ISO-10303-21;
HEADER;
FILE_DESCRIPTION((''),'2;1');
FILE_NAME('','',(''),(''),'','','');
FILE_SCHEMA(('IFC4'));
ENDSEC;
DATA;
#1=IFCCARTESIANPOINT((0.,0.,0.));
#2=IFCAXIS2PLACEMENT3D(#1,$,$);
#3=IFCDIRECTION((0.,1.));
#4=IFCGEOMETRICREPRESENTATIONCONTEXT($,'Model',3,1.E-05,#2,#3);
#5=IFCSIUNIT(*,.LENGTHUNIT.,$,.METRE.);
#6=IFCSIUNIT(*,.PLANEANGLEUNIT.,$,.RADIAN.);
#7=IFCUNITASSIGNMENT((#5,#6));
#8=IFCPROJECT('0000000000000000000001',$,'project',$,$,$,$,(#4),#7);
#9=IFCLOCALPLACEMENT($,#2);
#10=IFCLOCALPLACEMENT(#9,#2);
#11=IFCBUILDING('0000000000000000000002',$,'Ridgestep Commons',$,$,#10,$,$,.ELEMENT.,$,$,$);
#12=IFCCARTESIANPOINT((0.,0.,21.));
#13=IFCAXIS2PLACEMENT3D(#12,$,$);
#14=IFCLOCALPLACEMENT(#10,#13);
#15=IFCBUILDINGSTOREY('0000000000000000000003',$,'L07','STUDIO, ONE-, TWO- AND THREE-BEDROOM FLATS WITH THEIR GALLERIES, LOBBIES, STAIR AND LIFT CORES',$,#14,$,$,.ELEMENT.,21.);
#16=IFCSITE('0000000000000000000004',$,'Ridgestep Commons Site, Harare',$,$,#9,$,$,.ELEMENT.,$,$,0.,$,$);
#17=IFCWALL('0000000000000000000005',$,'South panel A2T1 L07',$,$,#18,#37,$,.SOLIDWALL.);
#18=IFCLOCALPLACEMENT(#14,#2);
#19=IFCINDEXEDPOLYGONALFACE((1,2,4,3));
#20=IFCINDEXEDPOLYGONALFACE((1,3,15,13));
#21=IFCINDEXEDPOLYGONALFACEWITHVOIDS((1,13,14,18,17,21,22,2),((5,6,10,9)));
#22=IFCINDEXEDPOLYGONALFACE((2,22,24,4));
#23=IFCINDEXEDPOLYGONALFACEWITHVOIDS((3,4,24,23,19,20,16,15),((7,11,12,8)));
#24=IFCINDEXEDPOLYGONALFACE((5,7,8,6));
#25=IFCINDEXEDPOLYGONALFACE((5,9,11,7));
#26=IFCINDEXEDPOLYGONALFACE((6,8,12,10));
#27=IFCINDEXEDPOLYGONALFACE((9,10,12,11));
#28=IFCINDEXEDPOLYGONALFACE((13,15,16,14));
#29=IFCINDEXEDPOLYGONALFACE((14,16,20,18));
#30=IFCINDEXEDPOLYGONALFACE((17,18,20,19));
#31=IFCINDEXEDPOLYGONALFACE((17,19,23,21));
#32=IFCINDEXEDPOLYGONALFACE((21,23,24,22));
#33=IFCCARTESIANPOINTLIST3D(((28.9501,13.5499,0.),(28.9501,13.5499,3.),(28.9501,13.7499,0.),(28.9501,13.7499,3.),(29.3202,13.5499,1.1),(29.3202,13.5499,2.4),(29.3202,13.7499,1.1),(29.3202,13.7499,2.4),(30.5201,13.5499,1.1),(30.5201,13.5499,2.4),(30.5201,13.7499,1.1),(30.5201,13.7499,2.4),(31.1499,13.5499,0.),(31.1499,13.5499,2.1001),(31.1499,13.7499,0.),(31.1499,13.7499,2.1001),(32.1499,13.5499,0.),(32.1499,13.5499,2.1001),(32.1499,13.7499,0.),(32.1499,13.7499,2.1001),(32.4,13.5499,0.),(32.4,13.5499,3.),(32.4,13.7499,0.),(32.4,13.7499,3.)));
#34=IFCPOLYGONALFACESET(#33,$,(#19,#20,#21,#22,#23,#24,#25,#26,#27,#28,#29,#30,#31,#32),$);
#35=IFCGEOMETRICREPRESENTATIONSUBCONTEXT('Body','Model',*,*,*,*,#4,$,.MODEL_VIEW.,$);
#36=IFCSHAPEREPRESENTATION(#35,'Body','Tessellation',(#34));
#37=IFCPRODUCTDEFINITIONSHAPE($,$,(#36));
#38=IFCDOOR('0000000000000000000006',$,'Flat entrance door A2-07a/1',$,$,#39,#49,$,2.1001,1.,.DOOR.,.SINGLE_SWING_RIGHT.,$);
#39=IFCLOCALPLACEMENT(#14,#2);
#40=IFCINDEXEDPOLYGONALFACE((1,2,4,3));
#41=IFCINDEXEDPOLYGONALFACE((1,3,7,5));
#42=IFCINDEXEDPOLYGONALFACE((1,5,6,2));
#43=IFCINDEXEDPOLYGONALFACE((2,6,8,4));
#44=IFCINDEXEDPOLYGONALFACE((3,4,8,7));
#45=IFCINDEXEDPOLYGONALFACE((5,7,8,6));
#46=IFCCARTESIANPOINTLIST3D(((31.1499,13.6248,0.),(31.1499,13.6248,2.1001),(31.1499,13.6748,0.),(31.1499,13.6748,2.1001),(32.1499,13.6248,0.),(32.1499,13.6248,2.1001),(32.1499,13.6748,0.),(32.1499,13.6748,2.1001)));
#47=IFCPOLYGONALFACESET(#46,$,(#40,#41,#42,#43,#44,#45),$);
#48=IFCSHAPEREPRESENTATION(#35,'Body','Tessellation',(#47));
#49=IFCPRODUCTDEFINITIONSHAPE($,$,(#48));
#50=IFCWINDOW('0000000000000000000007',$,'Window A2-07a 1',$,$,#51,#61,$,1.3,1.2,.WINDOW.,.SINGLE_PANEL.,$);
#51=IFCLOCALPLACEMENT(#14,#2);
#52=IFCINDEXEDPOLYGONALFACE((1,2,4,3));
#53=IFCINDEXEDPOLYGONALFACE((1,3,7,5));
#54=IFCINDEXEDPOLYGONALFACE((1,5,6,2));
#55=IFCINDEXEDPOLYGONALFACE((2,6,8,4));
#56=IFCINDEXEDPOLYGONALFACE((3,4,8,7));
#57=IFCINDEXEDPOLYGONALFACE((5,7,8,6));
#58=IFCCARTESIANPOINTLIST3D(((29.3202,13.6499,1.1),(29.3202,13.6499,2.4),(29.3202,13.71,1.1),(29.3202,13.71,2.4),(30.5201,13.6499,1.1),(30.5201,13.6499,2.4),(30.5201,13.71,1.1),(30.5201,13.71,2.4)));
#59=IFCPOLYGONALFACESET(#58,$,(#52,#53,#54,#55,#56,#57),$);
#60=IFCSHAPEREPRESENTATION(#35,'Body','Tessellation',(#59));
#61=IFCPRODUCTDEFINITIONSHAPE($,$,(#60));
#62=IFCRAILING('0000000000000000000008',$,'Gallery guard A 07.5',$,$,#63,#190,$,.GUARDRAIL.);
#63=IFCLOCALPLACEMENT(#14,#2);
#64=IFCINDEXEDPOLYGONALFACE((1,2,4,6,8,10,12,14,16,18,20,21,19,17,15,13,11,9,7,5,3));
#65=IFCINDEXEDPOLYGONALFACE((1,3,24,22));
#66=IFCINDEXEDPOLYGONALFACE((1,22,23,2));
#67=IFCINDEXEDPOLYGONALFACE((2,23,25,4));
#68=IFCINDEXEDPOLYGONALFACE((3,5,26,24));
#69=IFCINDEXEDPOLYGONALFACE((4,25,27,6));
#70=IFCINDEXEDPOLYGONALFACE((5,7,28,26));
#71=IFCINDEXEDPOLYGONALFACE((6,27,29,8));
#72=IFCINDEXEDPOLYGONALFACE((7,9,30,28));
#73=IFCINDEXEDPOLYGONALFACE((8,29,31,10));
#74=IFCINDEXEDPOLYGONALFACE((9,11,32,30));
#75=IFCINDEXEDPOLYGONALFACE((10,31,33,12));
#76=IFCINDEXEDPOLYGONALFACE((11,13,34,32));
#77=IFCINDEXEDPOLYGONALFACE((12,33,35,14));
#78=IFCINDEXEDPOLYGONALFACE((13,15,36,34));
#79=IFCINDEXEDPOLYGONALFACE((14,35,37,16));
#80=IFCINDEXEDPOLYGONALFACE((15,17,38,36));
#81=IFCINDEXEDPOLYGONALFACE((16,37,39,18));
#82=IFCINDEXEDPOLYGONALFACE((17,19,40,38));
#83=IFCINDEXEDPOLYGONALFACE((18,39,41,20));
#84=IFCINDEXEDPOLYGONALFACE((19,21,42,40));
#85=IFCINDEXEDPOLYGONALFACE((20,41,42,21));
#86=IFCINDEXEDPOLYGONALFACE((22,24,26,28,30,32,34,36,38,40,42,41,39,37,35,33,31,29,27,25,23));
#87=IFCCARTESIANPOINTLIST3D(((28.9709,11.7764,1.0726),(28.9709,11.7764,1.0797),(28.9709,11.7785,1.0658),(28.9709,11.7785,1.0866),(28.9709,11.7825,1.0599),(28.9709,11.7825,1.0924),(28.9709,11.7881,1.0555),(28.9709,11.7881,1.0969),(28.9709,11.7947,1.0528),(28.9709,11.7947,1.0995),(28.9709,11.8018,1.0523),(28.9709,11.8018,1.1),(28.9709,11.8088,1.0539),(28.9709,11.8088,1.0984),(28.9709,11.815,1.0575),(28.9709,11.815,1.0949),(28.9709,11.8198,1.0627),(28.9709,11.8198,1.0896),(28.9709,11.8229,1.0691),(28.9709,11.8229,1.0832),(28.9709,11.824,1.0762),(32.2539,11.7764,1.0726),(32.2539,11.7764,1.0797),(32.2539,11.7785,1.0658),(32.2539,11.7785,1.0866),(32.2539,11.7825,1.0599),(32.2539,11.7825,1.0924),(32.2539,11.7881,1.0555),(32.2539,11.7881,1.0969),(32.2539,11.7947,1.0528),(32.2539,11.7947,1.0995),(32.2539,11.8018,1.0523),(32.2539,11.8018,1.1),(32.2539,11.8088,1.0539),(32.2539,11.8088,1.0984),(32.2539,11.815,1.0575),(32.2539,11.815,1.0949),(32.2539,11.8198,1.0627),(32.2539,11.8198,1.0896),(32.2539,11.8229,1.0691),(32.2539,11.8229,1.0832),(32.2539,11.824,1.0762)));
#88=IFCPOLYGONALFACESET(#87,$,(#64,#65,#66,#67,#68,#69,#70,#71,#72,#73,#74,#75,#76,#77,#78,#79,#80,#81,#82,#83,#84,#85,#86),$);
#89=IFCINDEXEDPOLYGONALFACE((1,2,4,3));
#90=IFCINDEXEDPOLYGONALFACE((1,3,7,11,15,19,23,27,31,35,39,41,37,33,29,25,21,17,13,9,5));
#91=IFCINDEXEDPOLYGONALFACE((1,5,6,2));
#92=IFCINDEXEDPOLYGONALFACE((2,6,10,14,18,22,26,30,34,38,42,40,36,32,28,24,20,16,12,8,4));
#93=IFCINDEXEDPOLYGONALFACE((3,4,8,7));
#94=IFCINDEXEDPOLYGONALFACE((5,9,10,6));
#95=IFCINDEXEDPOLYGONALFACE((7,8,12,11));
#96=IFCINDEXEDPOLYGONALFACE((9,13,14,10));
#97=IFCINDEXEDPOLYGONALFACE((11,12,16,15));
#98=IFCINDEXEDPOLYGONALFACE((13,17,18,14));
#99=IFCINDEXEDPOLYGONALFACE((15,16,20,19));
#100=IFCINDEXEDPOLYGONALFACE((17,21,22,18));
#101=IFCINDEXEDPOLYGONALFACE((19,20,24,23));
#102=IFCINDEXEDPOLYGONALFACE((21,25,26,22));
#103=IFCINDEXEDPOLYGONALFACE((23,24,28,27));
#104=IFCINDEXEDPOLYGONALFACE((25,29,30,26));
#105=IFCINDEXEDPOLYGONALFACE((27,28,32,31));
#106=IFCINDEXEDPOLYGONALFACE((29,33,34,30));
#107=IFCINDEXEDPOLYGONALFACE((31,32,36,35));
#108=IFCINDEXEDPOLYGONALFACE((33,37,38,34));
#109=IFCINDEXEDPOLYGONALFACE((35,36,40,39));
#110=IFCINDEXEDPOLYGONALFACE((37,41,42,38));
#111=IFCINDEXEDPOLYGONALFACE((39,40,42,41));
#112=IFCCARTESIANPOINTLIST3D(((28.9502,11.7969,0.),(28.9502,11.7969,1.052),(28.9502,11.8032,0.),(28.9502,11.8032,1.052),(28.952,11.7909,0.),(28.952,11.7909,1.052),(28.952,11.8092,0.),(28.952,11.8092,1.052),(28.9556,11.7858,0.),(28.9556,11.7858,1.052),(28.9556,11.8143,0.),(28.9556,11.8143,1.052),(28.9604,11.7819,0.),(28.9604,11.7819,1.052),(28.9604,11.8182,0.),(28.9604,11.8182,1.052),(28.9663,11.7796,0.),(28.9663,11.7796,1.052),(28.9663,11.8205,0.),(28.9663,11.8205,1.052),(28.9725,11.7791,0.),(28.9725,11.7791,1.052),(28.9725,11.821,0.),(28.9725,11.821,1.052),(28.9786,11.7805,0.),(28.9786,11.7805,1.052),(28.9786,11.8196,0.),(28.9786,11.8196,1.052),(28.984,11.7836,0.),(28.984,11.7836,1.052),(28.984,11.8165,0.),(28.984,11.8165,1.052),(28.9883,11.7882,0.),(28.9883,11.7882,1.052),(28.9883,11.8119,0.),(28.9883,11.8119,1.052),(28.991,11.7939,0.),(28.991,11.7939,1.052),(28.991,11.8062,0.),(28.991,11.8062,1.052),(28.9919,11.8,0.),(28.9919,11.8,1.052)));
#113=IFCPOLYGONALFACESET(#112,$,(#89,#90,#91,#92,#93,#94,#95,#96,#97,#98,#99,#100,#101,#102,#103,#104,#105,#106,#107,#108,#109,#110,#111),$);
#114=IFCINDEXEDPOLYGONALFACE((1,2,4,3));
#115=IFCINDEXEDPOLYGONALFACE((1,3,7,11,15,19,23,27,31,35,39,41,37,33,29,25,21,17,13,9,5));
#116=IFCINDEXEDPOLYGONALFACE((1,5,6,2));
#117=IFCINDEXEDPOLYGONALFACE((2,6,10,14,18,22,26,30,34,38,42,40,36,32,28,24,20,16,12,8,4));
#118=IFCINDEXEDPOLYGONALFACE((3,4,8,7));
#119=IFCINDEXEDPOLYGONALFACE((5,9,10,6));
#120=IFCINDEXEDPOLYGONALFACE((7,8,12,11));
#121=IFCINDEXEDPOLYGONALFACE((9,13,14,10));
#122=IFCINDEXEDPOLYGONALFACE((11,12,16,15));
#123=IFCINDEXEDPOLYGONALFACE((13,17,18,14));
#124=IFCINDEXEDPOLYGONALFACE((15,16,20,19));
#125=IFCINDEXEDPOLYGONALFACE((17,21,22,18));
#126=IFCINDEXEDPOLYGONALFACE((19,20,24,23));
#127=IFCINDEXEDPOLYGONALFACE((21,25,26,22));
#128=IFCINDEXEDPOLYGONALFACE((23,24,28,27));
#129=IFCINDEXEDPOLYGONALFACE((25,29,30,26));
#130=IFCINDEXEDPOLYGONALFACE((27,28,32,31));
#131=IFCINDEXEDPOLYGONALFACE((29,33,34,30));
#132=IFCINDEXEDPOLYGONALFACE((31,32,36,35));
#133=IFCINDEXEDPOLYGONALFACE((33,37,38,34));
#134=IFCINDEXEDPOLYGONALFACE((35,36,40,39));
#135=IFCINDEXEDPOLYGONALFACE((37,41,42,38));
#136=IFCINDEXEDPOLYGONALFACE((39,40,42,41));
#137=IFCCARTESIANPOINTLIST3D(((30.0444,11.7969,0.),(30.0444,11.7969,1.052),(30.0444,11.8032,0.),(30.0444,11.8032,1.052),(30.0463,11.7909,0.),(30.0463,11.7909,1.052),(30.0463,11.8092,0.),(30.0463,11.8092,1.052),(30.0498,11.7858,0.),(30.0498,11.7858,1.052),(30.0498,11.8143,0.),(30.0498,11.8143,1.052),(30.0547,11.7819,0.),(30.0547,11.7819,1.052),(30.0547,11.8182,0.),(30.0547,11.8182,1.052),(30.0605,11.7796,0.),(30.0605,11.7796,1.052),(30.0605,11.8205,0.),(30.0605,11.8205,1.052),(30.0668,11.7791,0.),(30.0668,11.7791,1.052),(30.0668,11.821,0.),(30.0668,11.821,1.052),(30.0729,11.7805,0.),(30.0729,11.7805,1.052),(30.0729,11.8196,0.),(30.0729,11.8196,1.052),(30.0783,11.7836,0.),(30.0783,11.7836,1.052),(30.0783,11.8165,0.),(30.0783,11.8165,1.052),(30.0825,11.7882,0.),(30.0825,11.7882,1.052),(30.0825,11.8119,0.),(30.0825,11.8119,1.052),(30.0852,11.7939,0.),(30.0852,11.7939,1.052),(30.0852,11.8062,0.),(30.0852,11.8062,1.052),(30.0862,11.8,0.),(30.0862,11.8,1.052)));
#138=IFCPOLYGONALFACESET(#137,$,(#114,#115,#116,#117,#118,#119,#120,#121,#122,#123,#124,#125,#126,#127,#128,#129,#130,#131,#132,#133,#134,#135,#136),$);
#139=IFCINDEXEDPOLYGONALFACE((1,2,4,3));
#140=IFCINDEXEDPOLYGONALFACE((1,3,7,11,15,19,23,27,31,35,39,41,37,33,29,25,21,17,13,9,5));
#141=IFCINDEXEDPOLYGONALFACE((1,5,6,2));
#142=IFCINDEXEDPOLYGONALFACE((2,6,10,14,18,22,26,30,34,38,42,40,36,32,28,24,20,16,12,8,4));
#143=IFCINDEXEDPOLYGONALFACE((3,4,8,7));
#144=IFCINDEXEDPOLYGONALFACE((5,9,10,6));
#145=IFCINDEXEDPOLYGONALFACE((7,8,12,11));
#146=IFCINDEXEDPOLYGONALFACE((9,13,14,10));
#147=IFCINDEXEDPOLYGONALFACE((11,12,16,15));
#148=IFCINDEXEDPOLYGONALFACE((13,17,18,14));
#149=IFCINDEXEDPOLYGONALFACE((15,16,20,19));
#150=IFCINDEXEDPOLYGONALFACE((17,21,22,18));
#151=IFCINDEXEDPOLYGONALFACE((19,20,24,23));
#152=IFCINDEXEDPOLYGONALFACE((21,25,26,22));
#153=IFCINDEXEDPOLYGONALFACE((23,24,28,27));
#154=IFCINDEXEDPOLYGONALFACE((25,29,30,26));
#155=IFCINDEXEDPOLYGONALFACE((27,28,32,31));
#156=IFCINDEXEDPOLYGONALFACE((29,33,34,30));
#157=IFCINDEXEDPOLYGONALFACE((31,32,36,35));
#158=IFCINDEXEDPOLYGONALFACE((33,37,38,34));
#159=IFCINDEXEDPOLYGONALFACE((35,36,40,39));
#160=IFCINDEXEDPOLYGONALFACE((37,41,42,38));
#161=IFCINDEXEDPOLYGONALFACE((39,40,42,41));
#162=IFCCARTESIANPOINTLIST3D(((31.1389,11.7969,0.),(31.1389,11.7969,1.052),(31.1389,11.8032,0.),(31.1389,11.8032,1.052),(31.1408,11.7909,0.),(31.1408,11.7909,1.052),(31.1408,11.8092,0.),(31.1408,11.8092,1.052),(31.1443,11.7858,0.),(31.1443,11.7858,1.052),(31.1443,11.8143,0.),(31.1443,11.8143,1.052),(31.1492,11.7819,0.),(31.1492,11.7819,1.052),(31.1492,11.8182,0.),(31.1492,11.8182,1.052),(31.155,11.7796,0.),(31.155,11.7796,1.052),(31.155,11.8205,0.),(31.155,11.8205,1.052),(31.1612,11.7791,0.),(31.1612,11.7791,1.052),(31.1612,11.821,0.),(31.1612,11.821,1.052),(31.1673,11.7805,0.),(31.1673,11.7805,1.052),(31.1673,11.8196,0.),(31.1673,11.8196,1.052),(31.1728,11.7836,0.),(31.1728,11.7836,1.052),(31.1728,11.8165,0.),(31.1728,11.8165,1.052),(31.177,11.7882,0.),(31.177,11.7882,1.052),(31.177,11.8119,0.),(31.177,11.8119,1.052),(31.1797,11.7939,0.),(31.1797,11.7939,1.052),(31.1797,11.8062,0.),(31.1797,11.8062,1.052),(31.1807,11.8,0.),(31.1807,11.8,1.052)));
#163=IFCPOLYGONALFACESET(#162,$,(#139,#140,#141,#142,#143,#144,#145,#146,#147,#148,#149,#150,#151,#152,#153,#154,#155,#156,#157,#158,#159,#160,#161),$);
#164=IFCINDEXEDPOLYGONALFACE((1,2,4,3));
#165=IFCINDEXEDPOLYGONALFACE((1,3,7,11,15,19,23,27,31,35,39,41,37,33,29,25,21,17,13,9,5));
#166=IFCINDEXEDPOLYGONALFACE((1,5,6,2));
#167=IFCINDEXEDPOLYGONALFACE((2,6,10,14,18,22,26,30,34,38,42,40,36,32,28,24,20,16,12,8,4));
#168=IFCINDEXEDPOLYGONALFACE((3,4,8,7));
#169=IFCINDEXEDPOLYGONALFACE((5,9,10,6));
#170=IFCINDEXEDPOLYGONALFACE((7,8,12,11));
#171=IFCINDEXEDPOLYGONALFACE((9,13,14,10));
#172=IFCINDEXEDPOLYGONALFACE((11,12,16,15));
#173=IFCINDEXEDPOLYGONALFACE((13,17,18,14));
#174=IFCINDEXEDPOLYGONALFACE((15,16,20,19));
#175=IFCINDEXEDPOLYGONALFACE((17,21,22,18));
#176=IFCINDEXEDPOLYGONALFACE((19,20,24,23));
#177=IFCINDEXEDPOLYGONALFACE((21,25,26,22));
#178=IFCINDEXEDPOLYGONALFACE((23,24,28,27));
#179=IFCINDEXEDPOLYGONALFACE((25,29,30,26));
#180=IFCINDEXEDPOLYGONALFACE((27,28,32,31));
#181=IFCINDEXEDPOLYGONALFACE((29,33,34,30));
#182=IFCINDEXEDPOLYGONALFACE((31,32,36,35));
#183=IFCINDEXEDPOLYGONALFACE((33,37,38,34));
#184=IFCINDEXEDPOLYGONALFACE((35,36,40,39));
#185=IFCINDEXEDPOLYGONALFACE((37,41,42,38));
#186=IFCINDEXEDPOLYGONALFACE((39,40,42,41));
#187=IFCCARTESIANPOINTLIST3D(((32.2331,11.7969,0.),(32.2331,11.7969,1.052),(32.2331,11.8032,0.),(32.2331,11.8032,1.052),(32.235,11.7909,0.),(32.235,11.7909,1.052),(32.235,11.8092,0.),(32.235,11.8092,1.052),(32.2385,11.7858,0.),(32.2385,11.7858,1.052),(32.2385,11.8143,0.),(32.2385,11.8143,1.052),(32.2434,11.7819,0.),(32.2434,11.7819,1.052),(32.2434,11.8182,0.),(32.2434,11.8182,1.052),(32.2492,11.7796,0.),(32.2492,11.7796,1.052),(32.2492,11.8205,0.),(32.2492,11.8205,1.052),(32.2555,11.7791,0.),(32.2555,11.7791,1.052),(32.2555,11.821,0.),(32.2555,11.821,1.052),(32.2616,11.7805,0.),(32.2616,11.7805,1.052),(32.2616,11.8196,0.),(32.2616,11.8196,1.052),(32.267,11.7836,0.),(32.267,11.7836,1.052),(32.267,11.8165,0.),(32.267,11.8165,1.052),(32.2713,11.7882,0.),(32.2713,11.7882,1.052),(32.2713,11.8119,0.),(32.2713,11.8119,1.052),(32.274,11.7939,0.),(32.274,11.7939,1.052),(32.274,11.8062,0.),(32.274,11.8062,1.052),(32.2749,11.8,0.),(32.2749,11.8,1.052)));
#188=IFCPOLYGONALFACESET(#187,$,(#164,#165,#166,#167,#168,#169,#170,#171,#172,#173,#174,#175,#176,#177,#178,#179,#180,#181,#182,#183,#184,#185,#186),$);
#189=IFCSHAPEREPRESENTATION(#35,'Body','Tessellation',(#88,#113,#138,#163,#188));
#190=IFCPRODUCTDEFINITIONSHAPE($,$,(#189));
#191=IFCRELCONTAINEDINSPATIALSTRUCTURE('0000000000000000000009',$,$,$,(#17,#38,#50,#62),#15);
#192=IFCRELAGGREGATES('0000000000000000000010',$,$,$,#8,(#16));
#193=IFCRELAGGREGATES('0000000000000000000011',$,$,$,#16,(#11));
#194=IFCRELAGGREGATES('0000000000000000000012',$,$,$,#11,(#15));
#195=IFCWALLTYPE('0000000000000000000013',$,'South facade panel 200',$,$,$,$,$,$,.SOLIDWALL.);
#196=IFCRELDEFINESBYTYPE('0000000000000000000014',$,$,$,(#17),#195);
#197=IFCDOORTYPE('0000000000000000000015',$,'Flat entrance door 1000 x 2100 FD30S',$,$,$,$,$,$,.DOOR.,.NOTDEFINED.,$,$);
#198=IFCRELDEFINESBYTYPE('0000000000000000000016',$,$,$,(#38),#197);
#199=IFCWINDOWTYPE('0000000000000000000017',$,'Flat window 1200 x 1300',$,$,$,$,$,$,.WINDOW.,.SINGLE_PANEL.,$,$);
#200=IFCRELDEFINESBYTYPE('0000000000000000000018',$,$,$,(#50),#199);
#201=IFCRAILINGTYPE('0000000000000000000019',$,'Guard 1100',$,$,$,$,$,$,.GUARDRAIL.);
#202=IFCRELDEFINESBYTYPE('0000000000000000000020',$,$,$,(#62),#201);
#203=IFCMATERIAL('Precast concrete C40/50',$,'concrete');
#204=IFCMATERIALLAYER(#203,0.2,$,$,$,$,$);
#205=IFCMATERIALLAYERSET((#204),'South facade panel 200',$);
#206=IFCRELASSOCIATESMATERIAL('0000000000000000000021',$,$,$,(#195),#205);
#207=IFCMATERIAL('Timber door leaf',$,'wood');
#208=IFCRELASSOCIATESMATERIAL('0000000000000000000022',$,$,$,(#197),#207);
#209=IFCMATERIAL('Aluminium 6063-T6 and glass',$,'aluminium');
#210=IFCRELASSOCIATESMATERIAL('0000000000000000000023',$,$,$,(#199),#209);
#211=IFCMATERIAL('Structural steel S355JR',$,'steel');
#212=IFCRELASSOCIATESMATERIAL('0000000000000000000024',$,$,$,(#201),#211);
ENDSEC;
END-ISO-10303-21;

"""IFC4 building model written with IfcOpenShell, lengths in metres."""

from ifc_helpers import new_model, si_unit, direction, frame, frame_2d, origin, origin_2d, place, context, subcontext, project, spatial, rectangle, circle, extrude, material, layer, layer_set, type_object, element, fill, save


model = new_model("IFC4")

# Units and contexts
model_context = context("Model", 3, precision=1e-05, world=origin(), true_north=direction((0.0, 1.0)))
body_context = subcontext(model_context, "Body", "Model", "MODEL_VIEW")
ifc_project = project(units=[si_unit("LENGTHUNIT", "METRE"), si_unit("PLANEANGLEUNIT", "RADIAN")], contexts=[model_context])

# Site, building, storey
site_placement = place(None, origin())
site = spatial("IfcSite", under=ifc_project, at=site_placement, Name="Ridgestep Commons Site, Harare", CompositionType="ELEMENT", RefElevation=0.0)
building_placement = place(site_placement, origin())
building = spatial("IfcBuilding", under=site, at=building_placement, Name="Ridgestep Commons", CompositionType="ELEMENT")
storey_placement = place(building_placement, frame((0.0, 0.0, 21.0)))
storey = spatial("IfcBuildingStorey", under=building, at=storey_placement, Name="L07", Description="STUDIO, ONE-, TWO- AND THREE-BEDROOM FLATS WITH THEIR GALLERIES, LOBBIES, STAIR AND LIFT CORES", CompositionType="ELEMENT", Elevation=21.0)

# Wall, openings, door, window
ifc_material_1 = material(Name="Precast concrete C40/50", Category="concrete")
ifc_layer_1 = layer(ifc_material_1, 0.2)
ifc_layer_set_1 = layer_set([ifc_layer_1], Name="South facade panel 200")
wall_type_1 = type_object("IfcWallType", Name="South facade panel 200", PredefinedType="SOLIDWALL", material=ifc_layer_set_1)
wall_1_placement = place(storey_placement, frame((28.95, 13.6499, 0.0), z_axis=(0.0, 0.0, 1.0), x_axis=(1.0, 0.0, 0.0)))
wall_1 = element("IfcWall", 1, at=wall_1_placement, inside=storey, type_object=wall_type_1, Name="South panel A2T1 L07", PredefinedType="SOLIDWALL", context=body_context, shape_type="SweptSolid", body=[
    extrude(rectangle(XDim=3.45, YDim=0.2, at=frame_2d((1.7251, 0.0))), origin(), (0.0, 0.0, 1.0), 3.0),
])
opening_1_placement = place(wall_1_placement, frame((0.3701, 0.0, 1.1001)))
opening_1 = element("IfcOpeningElement", 2, at=opening_1_placement, cuts=wall_1, PredefinedType="OPENING", context=body_context, shape_type="SweptSolid", body=[
    extrude(rectangle(XDim=1.2, YDim=1.3, at=frame_2d((0.6001, 0.6499))), frame((0.0, 0.1099, 0.0), z_axis=(0.0, -1.0, 0.0), x_axis=(1.0, 0.0, 0.0)), (0.0, 0.0, 1.0), 0.22),
])
opening_2_placement = place(wall_1_placement, frame((2.2, 0.0, 0.0)))
opening_2 = element("IfcOpeningElement", 3, at=opening_2_placement, cuts=wall_1, PredefinedType="OPENING", context=body_context, shape_type="SweptSolid", body=[
    extrude(rectangle(XDim=1.0, YDim=2.1001, at=frame_2d((0.5, 1.05))), frame((0.0, 0.1099, 0.0), z_axis=(0.0, -1.0, 0.0), x_axis=(1.0, 0.0, 0.0)), (0.0, 0.0, 1.0), 0.22),
])
ifc_material_2 = material(Name="Timber door leaf", Category="wood")
door_type_1 = type_object("IfcDoorType", Name="Flat entrance door 1000 x 2100 FD30S", OperationType="NOTDEFINED", PredefinedType="DOOR", material=ifc_material_2)
door_1_placement = place(opening_2_placement, origin())
door_1 = element("IfcDoor", 4, at=door_1_placement, inside=storey, type_object=door_type_1, Name="Flat entrance door A2-07a/1", OperationType="SINGLE_SWING_RIGHT", OverallHeight=2.1001, OverallWidth=1.0, PredefinedType="DOOR", context=body_context, shape_type="SweptSolid", body=[
    extrude(rectangle(XDim=1.0, YDim=2.1001, at=frame_2d((0.5, 1.05))), frame((0.0, 0.0249, 0.0), z_axis=(0.0, -1.0, 0.0), x_axis=(1.0, 0.0, 0.0)), (0.0, 0.0, 1.0), 0.05),
])
fill(opening_2, door_1)
ifc_material_3 = material(Name="Aluminium 6063-T6 and glass", Category="aluminium")
window_type = type_object("IfcWindowType", Name="Flat window 1200 x 1300", PartitioningType="SINGLE_PANEL", PredefinedType="WINDOW", material=ifc_material_3)
window_placement = place(opening_1_placement, origin())
window = element("IfcWindow", 5, at=window_placement, inside=storey, type_object=window_type, Name="Window A2-07a 1", OverallHeight=1.3, OverallWidth=1.2, PartitioningType="SINGLE_PANEL", PredefinedType="WINDOW", context=body_context, shape_type="SweptSolid", body=[
    extrude(rectangle(XDim=1.2, YDim=1.3, at=frame_2d((0.6001, 0.6499))), frame((0.0, 0.0601, 0.0), z_axis=(0.0, -1.0, 0.0), x_axis=(1.0, 0.0, 0.0)), (0.0, 0.0, 1.0), 0.0601),
])
fill(opening_1, window)

# Railing
ifc_material_4 = material(Name="Structural steel S355JR", Category="steel")
railing_type = type_object("IfcRailingType", Name="Guard 1100", PredefinedType="GUARDRAIL", material=ifc_material_4)
railing_placement = place(storey_placement, frame((28.9709, 11.8, 0.0)))
element("IfcRailing", 6, at=railing_placement, inside=storey, type_object=railing_type, Name="Gallery guard A 07.5", PredefinedType="GUARDRAIL", context=body_context, shape_type="SweptSolid", body=[
    extrude(circle(Radius=0.0239, at=origin_2d()), frame((0.0, 0.0, 1.0762), z_axis=(1.0, 0.0, 0.0), x_axis=(0.0, 1.0, 0.0)), (0.0, 0.0, 1.0), 3.283),
    extrude(circle(Radius=0.021, at=origin_2d()), origin(), (0.0, 0.0, 1.0), 1.052),
    extrude(circle(Radius=0.021, at=origin_2d()), frame((1.0942, 0.0, 0.0)), (0.0, 0.0, 1.0), 1.052),
    extrude(circle(Radius=0.021, at=origin_2d()), frame((2.1887, 0.0, 0.0)), (0.0, 0.0, 1.0), 1.052),
    extrude(circle(Radius=0.021, at=origin_2d()), frame((3.283, 0.0, 0.0)), (0.0, 0.0, 1.0), 1.052),
])

save(model, "model.ifc")
